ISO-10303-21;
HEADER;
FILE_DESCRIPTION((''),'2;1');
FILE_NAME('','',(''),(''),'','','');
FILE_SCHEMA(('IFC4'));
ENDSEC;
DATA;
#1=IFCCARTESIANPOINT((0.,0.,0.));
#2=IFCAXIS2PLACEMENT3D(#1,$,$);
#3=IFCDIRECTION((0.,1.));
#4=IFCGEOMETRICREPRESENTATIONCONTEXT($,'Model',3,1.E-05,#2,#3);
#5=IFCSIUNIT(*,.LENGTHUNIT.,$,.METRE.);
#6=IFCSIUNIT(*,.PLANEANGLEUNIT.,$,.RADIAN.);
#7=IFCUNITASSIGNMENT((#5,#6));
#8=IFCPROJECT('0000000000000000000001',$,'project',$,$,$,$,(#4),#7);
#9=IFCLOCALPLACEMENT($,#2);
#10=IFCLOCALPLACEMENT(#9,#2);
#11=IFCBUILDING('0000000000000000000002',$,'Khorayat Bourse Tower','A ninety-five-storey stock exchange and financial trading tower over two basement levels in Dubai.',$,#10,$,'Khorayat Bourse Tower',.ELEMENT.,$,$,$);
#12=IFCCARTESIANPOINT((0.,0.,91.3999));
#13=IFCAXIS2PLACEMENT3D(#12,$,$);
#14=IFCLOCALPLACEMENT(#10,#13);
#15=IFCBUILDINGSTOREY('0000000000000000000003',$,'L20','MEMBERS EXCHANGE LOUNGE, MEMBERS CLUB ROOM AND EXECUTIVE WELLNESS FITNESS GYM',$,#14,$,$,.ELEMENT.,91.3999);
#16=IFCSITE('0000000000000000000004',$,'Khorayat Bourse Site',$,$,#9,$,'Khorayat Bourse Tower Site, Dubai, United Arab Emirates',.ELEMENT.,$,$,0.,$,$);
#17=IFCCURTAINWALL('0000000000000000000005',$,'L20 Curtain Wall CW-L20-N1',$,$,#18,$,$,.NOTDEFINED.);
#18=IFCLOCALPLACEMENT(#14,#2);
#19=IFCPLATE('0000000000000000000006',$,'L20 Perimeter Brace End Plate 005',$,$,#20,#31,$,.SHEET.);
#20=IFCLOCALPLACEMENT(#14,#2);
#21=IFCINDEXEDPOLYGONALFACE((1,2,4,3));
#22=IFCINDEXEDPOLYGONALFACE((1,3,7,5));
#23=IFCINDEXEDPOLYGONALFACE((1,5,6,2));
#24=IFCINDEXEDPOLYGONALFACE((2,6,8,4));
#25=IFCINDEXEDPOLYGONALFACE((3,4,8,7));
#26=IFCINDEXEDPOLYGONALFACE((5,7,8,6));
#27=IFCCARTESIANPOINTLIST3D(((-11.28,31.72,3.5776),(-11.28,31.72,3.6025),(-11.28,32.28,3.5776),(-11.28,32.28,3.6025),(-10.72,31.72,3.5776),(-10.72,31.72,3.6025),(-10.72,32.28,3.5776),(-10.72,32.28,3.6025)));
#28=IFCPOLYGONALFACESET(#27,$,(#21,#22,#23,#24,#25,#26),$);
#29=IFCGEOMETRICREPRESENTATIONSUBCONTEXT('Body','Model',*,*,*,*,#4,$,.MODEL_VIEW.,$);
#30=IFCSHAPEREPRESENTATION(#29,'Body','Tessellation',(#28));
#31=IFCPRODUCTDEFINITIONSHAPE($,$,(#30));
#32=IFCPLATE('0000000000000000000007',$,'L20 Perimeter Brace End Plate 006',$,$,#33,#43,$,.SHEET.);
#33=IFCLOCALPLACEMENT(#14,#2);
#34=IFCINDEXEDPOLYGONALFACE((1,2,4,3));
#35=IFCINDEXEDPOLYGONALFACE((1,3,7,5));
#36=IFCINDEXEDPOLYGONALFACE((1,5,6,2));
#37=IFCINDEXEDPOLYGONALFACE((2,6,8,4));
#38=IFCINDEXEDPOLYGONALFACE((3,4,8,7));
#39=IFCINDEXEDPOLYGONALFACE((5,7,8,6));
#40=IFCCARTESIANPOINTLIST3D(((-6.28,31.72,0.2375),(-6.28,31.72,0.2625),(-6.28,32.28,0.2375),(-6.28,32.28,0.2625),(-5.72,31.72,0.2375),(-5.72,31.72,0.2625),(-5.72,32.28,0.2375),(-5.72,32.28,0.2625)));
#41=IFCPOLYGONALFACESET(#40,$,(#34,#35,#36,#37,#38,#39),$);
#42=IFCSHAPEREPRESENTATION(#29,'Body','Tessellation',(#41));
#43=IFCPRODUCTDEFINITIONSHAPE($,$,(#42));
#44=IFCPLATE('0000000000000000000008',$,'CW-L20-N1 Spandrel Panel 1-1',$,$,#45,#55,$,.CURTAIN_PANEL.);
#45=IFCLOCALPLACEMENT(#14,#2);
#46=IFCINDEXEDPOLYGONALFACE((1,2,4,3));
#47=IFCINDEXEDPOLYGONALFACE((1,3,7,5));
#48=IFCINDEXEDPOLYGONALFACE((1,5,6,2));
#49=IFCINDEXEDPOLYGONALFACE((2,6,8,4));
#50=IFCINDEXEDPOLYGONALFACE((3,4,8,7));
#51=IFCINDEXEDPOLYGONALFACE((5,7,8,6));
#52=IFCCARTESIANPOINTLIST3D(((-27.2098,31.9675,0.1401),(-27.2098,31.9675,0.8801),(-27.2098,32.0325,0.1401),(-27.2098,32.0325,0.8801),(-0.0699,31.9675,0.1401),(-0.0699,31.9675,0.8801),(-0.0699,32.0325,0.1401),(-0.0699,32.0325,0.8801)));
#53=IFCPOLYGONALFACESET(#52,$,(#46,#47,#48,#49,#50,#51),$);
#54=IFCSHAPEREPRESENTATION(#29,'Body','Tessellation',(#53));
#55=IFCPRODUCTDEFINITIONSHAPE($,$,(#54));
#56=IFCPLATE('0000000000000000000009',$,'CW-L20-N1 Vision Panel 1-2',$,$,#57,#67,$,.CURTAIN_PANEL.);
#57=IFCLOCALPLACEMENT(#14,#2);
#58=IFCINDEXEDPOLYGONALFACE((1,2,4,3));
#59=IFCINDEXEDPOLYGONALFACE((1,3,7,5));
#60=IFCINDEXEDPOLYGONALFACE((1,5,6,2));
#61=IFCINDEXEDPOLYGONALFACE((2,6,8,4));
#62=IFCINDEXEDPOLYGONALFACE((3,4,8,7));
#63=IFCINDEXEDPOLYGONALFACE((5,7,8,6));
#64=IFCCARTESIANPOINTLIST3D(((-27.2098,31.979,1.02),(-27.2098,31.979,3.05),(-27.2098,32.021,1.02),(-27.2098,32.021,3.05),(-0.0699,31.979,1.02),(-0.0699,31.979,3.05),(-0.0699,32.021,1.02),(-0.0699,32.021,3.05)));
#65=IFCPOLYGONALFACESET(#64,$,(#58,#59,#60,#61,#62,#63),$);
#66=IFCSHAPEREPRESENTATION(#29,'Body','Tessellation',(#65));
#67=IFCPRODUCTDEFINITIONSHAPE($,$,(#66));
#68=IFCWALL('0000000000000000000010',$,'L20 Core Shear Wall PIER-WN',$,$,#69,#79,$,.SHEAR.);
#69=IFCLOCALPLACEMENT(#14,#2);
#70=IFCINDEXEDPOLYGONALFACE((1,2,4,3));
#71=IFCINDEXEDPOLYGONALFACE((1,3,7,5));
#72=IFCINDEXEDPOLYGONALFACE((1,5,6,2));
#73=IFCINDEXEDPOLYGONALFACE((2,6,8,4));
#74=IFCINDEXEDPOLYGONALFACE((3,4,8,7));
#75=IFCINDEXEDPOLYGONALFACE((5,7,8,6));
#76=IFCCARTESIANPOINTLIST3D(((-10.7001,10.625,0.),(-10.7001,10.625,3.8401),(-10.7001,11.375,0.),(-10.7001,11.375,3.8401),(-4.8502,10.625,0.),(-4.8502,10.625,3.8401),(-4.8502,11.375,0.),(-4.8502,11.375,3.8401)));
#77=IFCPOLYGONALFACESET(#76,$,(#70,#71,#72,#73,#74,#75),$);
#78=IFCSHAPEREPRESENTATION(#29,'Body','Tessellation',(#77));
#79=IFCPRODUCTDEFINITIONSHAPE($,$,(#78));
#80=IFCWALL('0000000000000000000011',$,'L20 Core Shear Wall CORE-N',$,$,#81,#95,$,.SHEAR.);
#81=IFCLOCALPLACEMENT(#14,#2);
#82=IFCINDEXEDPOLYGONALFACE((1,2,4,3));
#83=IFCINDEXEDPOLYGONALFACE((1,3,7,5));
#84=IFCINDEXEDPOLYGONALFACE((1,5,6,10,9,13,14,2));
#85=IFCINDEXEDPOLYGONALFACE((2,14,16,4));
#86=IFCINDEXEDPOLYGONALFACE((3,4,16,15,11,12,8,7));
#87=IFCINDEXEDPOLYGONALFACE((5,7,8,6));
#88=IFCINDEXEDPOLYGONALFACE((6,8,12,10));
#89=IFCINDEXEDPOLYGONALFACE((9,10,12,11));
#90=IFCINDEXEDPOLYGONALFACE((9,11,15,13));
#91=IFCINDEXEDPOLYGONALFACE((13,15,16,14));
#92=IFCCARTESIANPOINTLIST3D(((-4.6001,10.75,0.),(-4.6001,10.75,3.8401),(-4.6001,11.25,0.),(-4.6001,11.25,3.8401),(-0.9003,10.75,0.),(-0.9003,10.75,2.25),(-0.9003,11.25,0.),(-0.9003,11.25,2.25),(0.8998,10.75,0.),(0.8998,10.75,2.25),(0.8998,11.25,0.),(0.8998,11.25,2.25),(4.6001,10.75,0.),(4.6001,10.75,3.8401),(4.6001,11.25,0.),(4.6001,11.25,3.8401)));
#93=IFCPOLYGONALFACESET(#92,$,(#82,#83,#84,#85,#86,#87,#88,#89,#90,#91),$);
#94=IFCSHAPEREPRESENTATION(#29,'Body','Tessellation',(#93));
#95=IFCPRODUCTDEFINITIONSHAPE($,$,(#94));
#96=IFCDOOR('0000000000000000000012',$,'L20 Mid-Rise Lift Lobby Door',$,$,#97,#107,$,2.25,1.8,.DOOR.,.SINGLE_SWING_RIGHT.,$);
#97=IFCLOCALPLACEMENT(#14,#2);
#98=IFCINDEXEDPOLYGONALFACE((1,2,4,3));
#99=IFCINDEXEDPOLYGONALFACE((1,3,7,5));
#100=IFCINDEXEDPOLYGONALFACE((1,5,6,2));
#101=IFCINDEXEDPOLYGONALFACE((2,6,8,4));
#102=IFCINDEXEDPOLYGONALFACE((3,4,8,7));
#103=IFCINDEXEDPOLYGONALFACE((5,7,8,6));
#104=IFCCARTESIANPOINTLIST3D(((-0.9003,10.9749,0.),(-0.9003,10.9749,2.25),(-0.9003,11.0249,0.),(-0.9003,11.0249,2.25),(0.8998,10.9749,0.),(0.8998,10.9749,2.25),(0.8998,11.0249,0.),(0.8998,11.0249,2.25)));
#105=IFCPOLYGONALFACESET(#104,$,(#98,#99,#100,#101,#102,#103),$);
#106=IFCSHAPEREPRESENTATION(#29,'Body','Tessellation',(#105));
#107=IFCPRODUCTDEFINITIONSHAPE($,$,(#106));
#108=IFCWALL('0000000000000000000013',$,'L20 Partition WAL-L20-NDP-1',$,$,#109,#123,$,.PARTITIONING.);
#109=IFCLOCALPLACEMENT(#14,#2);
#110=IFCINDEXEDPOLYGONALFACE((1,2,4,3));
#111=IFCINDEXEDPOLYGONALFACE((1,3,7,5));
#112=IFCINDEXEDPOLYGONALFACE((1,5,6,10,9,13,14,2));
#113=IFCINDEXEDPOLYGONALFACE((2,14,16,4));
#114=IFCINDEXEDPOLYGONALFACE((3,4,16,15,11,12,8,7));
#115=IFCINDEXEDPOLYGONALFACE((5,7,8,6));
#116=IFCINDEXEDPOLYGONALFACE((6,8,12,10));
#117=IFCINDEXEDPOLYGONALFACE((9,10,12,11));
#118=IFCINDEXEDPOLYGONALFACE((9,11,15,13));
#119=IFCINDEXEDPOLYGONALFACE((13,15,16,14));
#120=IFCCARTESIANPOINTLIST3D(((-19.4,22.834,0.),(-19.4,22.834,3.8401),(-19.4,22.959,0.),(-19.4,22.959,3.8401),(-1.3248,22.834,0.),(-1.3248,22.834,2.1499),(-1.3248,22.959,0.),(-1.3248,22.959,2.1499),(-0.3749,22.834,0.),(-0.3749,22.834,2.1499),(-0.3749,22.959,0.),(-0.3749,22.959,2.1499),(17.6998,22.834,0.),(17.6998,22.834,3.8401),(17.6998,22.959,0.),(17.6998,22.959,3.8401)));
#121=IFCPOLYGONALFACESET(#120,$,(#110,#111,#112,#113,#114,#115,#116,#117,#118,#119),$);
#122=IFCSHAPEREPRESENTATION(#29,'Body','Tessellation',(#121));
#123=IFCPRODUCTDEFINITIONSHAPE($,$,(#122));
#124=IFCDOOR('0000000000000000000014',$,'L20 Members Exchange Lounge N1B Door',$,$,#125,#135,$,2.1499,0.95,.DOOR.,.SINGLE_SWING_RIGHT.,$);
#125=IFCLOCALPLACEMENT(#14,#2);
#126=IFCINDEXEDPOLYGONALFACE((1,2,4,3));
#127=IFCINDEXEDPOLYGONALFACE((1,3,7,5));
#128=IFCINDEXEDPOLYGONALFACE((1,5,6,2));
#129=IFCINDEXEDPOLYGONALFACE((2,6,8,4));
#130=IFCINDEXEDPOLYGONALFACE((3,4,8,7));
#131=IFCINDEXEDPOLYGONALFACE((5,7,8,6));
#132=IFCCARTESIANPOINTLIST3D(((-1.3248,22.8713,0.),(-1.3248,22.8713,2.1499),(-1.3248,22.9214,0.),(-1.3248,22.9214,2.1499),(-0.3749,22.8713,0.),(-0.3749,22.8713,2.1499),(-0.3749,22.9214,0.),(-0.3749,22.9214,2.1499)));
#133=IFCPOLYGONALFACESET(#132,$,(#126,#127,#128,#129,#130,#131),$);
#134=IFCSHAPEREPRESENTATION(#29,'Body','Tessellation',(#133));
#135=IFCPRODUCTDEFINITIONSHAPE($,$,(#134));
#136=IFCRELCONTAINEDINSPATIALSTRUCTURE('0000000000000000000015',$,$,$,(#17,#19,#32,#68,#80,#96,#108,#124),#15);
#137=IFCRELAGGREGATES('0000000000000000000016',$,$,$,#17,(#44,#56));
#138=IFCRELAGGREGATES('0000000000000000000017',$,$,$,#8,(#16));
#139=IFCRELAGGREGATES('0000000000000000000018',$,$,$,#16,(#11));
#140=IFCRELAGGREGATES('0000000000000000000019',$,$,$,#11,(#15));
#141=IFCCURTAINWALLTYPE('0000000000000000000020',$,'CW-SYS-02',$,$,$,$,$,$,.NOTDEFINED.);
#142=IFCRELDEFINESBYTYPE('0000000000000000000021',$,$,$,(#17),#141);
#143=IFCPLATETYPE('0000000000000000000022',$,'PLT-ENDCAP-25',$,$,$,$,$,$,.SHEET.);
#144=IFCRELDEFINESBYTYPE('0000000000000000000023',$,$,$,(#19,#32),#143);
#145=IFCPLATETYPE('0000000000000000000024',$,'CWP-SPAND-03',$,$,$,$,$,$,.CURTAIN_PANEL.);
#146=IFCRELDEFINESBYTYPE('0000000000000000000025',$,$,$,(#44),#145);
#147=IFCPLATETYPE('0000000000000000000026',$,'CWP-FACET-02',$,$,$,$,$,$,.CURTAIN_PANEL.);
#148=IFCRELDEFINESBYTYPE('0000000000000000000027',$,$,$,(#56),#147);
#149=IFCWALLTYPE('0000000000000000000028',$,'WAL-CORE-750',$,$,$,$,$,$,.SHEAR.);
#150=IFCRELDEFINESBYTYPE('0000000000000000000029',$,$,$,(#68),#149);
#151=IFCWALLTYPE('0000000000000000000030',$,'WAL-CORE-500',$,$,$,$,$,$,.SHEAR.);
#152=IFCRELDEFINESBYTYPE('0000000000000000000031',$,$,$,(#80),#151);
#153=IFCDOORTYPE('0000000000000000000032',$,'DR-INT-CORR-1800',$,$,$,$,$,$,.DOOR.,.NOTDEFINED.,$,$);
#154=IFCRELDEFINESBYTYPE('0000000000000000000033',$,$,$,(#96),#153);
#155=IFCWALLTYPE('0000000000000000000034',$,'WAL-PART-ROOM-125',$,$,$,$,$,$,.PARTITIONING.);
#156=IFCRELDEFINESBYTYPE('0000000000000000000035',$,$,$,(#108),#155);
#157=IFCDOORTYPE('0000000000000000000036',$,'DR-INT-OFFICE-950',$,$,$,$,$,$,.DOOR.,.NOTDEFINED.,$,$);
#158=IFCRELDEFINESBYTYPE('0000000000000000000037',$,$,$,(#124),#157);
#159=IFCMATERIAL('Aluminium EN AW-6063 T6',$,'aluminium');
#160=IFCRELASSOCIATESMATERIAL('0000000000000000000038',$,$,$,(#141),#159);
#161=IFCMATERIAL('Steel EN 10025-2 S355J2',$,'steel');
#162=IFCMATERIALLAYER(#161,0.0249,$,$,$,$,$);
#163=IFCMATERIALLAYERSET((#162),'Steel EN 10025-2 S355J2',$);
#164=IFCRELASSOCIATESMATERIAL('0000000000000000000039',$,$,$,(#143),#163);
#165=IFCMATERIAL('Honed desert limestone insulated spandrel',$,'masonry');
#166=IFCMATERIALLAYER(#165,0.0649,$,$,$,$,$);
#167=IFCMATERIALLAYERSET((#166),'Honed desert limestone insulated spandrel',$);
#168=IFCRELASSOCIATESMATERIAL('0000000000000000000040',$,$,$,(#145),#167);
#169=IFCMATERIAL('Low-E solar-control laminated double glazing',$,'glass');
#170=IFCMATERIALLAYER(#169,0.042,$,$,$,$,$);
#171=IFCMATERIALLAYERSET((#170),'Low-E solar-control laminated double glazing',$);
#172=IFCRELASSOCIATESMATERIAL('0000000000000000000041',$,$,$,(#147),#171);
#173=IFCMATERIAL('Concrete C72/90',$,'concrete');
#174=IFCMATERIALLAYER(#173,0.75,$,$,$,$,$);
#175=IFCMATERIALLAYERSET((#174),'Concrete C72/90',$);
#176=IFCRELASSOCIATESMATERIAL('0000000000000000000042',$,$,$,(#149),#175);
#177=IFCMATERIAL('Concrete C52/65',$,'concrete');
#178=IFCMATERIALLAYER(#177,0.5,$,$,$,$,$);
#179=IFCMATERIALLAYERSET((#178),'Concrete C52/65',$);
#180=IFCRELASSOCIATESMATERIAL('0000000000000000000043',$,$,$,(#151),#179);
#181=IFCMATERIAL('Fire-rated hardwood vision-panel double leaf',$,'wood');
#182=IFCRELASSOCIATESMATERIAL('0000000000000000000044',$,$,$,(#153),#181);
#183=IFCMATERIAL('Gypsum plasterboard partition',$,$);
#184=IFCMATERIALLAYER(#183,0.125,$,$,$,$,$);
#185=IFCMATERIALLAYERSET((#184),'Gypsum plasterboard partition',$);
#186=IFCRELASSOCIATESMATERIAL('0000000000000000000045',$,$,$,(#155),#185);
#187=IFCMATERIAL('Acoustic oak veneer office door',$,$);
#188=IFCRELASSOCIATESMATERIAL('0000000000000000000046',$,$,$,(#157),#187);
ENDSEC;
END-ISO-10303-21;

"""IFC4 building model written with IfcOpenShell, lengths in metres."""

from ifc_helpers import new_model, si_unit, direction, frame, frame_2d, origin, origin_2d, place, context, subcontext, project, spatial, rectangle, extrude, source, transform, mapped, material, layer, layer_set, type_object, element, fill, aggregate, save


model = new_model("IFC4")

# Units and contexts
model_context = context("Model", 3, precision=1e-05, world=origin(), true_north=direction((0.0, 1.0)))
body_context = subcontext(model_context, "Body", "Model", "MODEL_VIEW")
ifc_project = project(units=[si_unit("LENGTHUNIT", "METRE"), si_unit("PLANEANGLEUNIT", "RADIAN")], contexts=[model_context])

# Site, building, storey
site_placement = place(None, origin())
site = spatial("IfcSite", under=ifc_project, at=site_placement, Name="Khorayat Bourse Site", LongName="Khorayat Bourse Tower Site, Dubai, United Arab Emirates", CompositionType="ELEMENT", RefElevation=0.0)
building_placement = place(site_placement, origin())
building = spatial("IfcBuilding", under=site, at=building_placement, Name="Khorayat Bourse Tower", Description="A ninety-five-storey stock exchange and financial trading tower over two basement levels in Dubai.", LongName="Khorayat Bourse Tower", CompositionType="ELEMENT")
storey_placement = place(building_placement, frame((0.0, 0.0, 91.3999)))
storey = spatial("IfcBuildingStorey", under=building, at=storey_placement, Name="L20", Description="MEMBERS EXCHANGE LOUNGE, MEMBERS CLUB ROOM AND EXECUTIVE WELLNESS FITNESS GYM", CompositionType="ELEMENT", Elevation=91.3999)

# Shared definitions
ifc_material_1 = material(Name="Concrete C72/90", Category="concrete")

# Curtain wall
ifc_material_2 = material(Name="Aluminium EN AW-6063 T6", Category="aluminium")
curtain_wall_type = type_object("IfcCurtainWallType", Name="CW-SYS-02", PredefinedType="NOTDEFINED", material=ifc_material_2)
curtain_wall_placement = place(storey_placement, origin())
curtain_wall = element("IfcCurtainWall", 1, at=curtain_wall_placement, inside=storey, type_object=curtain_wall_type, Name="L20 Curtain Wall CW-L20-N1", PredefinedType="NOTDEFINED")

# Plates
ifc_material_3 = material(Name="Steel EN 10025-2 S355J2", Category="steel")
ifc_layer_1 = layer(ifc_material_3, 0.0249)
ifc_layer_set_1 = layer_set([ifc_layer_1], Name="Steel EN 10025-2 S355J2")
plate_type_1 = type_object("IfcPlateType", Name="PLT-ENDCAP-25", PredefinedType="SHEET", material=ifc_layer_set_1)
shared_shape_1 = source(origin(), body_context, "Body", "SweptSolid", [
    extrude(rectangle(XDim=0.5601, YDim=0.5601, at=origin_2d()), origin(), (0.0, 0.0, 1.0), 0.0249),
])
for number, where, z_axis, x_axis, name in (
    (2, (-11.0, 32.0, 3.5776), (0.0, 0.0, 1.0), (1.0, 0.0, 0.0), "L20 Perimeter Brace End Plate 005"),
    (3, (-6.0, 32.0, 0.2375), (0.0, 0.0, 1.0), (1.0, 0.0, 0.0), "L20 Perimeter Brace End Plate 006"),
):
    element("IfcPlate", number, at=place(storey_placement, frame(where, z_axis=z_axis, x_axis=x_axis)), inside=storey, type_object=plate_type_1, Name=name, PredefinedType="SHEET", context=body_context, shape_type="MappedRepresentation", body=[
        mapped(shared_shape_1, transform((0.0, 0.0, 0.0), scale=1.0)),
    ])

# Plates
ifc_material_4 = material(Name="Honed desert limestone insulated spandrel", Category="masonry")
ifc_layer_2 = layer(ifc_material_4, 0.0649)
ifc_layer_set_2 = layer_set([ifc_layer_2], Name="Honed desert limestone insulated spandrel")
plate_type_2 = type_object("IfcPlateType", Name="CWP-SPAND-03", PredefinedType="CURTAIN_PANEL", material=ifc_layer_set_2)
shared_shape_2 = source(origin(), body_context, "Body", "SweptSolid", [
    extrude(rectangle(XDim=27.1399, YDim=0.0649, at=origin_2d()), origin(), (0.0, 0.0, 1.0), 0.74),
])
plate_1_placement = place(storey_placement, frame((-13.6399, 32.0, 0.1401), z_axis=(0.0, 0.0, 1.0), x_axis=(1.0, 0.0, 0.0)))
plate_1 = element("IfcPlate", 4, at=plate_1_placement, type_object=plate_type_2, Name="CW-L20-N1 Spandrel Panel 1-1", PredefinedType="CURTAIN_PANEL", context=body_context, shape_type="MappedRepresentation", body=[
    mapped(shared_shape_2, transform((0.0, 0.0, 0.0), scale=1.0)),
])
ifc_material_5 = material(Name="Low-E solar-control laminated double glazing", Category="glass")
ifc_layer_3 = layer(ifc_material_5, 0.042)
ifc_layer_set_3 = layer_set([ifc_layer_3], Name="Low-E solar-control laminated double glazing")
plate_type_3 = type_object("IfcPlateType", Name="CWP-FACET-02", PredefinedType="CURTAIN_PANEL", material=ifc_layer_set_3)
shared_shape_3 = source(origin(), body_context, "Body", "SweptSolid", [
    extrude(rectangle(XDim=27.1399, YDim=0.042, at=origin_2d()), origin(), (0.0, 0.0, 1.0), 2.03),
])
plate_2_placement = place(storey_placement, frame((-13.6399, 32.0, 1.02), z_axis=(0.0, 0.0, 1.0), x_axis=(1.0, 0.0, 0.0)))
plate_2 = element("IfcPlate", 5, at=plate_2_placement, type_object=plate_type_3, Name="CW-L20-N1 Vision Panel 1-2", PredefinedType="CURTAIN_PANEL", context=body_context, shape_type="MappedRepresentation", body=[
    mapped(shared_shape_3, transform((0.0, 0.0, 0.0), scale=1.0)),
])
aggregate(curtain_wall, [plate_1, plate_2])

# Wall
ifc_layer_4 = layer(ifc_material_1, 0.75)
ifc_layer_set_4 = layer_set([ifc_layer_4], Name="Concrete C72/90")
wall_type_1 = type_object("IfcWallType", Name="WAL-CORE-750", PredefinedType="SHEAR", material=ifc_layer_set_4)
shared_shape_4 = source(origin(), body_context, "Body", "SweptSolid", [
    extrude(rectangle(XDim=5.8499, YDim=0.75, at=frame_2d((2.9248, 0.0))), origin(), (0.0, 0.0, 1.0), 3.8401),
])
wall_1_placement = place(storey_placement, frame((-10.7, 11.0, 0.0), z_axis=(0.0, 0.0, 1.0), x_axis=(1.0, 0.0, 0.0)))
element("IfcWall", 6, at=wall_1_placement, inside=storey, type_object=wall_type_1, Name="L20 Core Shear Wall PIER-WN", PredefinedType="SHEAR", context=body_context, shape_type="MappedRepresentation", body=[
    mapped(shared_shape_4, transform((0.0, 0.0, 0.0), scale=1.0)),
])

# Walls, openings, doors
ifc_material_6 = material(Name="Concrete C52/65", Category="concrete")
ifc_layer_5 = layer(ifc_material_6, 0.5)
ifc_layer_set_5 = layer_set([ifc_layer_5], Name="Concrete C52/65")
wall_type_2 = type_object("IfcWallType", Name="WAL-CORE-500", PredefinedType="SHEAR", material=ifc_layer_set_5)
shared_shape_5 = source(origin(), body_context, "Body", "SweptSolid", [
    extrude(rectangle(XDim=9.2002, YDim=0.5, at=frame_2d((4.6001, 0.0))), origin(), (0.0, 0.0, 1.0), 3.8401),
])
wall_2_placement = place(storey_placement, frame((-4.6001, 11.0, 0.0), z_axis=(0.0, 0.0, 1.0), x_axis=(1.0, 0.0, 0.0)))
wall_2 = element("IfcWall", 7, at=wall_2_placement, inside=storey, type_object=wall_type_2, Name="L20 Core Shear Wall CORE-N", PredefinedType="SHEAR", context=body_context, shape_type="MappedRepresentation", body=[
    mapped(shared_shape_5, transform((0.0, 0.0, 0.0), scale=1.0)),
])
shared_shape_6 = source(origin(), body_context, "Body", "SweptSolid", [
    extrude(rectangle(XDim=1.8, YDim=2.25, at=frame_2d((0.8999, 1.125))), frame((0.0, 0.26, 0.0), z_axis=(0.0, -1.0, 0.0), x_axis=(1.0, 0.0, 0.0)), (0.0, 0.0, 1.0), 0.52),
])
opening_1_placement = place(wall_2_placement, frame((3.7, 0.0, 0.0)))
opening_1 = element("IfcOpeningElement", 8, at=opening_1_placement, cuts=wall_2, PredefinedType="OPENING", context=body_context, shape_type="MappedRepresentation", body=[
    mapped(shared_shape_6, transform((0.0, 0.0, 0.0), scale=1.0)),
])
ifc_material_7 = material(Name="Fire-rated hardwood vision-panel double leaf", Category="wood")
door_type_1 = type_object("IfcDoorType", Name="DR-INT-CORR-1800", OperationType="NOTDEFINED", PredefinedType="DOOR", material=ifc_material_7)
shared_shape_7 = source(origin(), body_context, "Body", "SweptSolid", [
    extrude(rectangle(XDim=1.8, YDim=2.25, at=frame_2d((0.8999, 1.125))), frame((0.0, 0.0249, 0.0), z_axis=(0.0, -1.0, 0.0), x_axis=(1.0, 0.0, 0.0)), (0.0, 0.0, 1.0), 0.05),
])
door_1_placement = place(opening_1_placement, origin())
door_1 = element("IfcDoor", 9, at=door_1_placement, inside=storey, type_object=door_type_1, Name="L20 Mid-Rise Lift Lobby Door", OperationType="SINGLE_SWING_RIGHT", OverallHeight=2.25, OverallWidth=1.8, PredefinedType="DOOR", context=body_context, shape_type="MappedRepresentation", body=[
    mapped(shared_shape_7, transform((0.0, 0.0, 0.0), scale=1.0)),
])
fill(opening_1, door_1)
ifc_material_8 = material(Name="Gypsum plasterboard partition")
ifc_layer_6 = layer(ifc_material_8, 0.125)
ifc_layer_set_6 = layer_set([ifc_layer_6], Name="Gypsum plasterboard partition")
wall_type_3 = type_object("IfcWallType", Name="WAL-PART-ROOM-125", PredefinedType="PARTITIONING", material=ifc_layer_set_6)
shared_shape_8 = source(origin(), body_context, "Body", "SweptSolid", [
    extrude(rectangle(XDim=37.0999, YDim=0.125, at=frame_2d((18.5498, 0.0))), origin(), (0.0, 0.0, 1.0), 3.8401),
])
wall_3_placement = place(storey_placement, frame((-19.3999, 22.8965, 0.0), z_axis=(0.0, 0.0, 1.0), x_axis=(1.0, 0.0, 0.0)))
wall_3 = element("IfcWall", 10, at=wall_3_placement, inside=storey, type_object=wall_type_3, Name="L20 Partition WAL-L20-NDP-1", PredefinedType="PARTITIONING", context=body_context, shape_type="MappedRepresentation", body=[
    mapped(shared_shape_8, transform((0.0, 0.0, 0.0), scale=1.0)),
])
shared_shape_9 = source(origin(), body_context, "Body", "SweptSolid", [
    extrude(rectangle(XDim=0.95, YDim=2.1499, at=frame_2d((0.4751, 1.075))), frame((0.0, 0.0725, 0.0), z_axis=(0.0, -1.0, 0.0), x_axis=(1.0, 0.0, 0.0)), (0.0, 0.0, 1.0), 0.145),
])
opening_2_placement = place(wall_3_placement, frame((18.075, 0.0, 0.0)))
opening_2 = element("IfcOpeningElement", 11, at=opening_2_placement, cuts=wall_3, PredefinedType="OPENING", context=body_context, shape_type="MappedRepresentation", body=[
    mapped(shared_shape_9, transform((0.0, 0.0, 0.0), scale=1.0)),
])
ifc_material_9 = material(Name="Acoustic oak veneer office door")
door_type_2 = type_object("IfcDoorType", Name="DR-INT-OFFICE-950", OperationType="NOTDEFINED", PredefinedType="DOOR", material=ifc_material_9)
shared_shape_10 = source(origin(), body_context, "Body", "SweptSolid", [
    extrude(rectangle(XDim=0.95, YDim=2.1499, at=frame_2d((0.4751, 1.075))), frame((0.0, 0.0249, 0.0), z_axis=(0.0, -1.0, 0.0), x_axis=(1.0, 0.0, 0.0)), (0.0, 0.0, 1.0), 0.05),
])
door_2_placement = place(opening_2_placement, origin())
door_2 = element("IfcDoor", 12, at=door_2_placement, inside=storey, type_object=door_type_2, Name="L20 Members Exchange Lounge N1B Door", OperationType="SINGLE_SWING_RIGHT", OverallHeight=2.1499, OverallWidth=0.95, PredefinedType="DOOR", context=body_context, shape_type="MappedRepresentation", body=[
    mapped(shared_shape_10, transform((0.0, 0.0, 0.0), scale=1.0)),
])
fill(opening_2, door_2)

save(model, "model.ifc")
